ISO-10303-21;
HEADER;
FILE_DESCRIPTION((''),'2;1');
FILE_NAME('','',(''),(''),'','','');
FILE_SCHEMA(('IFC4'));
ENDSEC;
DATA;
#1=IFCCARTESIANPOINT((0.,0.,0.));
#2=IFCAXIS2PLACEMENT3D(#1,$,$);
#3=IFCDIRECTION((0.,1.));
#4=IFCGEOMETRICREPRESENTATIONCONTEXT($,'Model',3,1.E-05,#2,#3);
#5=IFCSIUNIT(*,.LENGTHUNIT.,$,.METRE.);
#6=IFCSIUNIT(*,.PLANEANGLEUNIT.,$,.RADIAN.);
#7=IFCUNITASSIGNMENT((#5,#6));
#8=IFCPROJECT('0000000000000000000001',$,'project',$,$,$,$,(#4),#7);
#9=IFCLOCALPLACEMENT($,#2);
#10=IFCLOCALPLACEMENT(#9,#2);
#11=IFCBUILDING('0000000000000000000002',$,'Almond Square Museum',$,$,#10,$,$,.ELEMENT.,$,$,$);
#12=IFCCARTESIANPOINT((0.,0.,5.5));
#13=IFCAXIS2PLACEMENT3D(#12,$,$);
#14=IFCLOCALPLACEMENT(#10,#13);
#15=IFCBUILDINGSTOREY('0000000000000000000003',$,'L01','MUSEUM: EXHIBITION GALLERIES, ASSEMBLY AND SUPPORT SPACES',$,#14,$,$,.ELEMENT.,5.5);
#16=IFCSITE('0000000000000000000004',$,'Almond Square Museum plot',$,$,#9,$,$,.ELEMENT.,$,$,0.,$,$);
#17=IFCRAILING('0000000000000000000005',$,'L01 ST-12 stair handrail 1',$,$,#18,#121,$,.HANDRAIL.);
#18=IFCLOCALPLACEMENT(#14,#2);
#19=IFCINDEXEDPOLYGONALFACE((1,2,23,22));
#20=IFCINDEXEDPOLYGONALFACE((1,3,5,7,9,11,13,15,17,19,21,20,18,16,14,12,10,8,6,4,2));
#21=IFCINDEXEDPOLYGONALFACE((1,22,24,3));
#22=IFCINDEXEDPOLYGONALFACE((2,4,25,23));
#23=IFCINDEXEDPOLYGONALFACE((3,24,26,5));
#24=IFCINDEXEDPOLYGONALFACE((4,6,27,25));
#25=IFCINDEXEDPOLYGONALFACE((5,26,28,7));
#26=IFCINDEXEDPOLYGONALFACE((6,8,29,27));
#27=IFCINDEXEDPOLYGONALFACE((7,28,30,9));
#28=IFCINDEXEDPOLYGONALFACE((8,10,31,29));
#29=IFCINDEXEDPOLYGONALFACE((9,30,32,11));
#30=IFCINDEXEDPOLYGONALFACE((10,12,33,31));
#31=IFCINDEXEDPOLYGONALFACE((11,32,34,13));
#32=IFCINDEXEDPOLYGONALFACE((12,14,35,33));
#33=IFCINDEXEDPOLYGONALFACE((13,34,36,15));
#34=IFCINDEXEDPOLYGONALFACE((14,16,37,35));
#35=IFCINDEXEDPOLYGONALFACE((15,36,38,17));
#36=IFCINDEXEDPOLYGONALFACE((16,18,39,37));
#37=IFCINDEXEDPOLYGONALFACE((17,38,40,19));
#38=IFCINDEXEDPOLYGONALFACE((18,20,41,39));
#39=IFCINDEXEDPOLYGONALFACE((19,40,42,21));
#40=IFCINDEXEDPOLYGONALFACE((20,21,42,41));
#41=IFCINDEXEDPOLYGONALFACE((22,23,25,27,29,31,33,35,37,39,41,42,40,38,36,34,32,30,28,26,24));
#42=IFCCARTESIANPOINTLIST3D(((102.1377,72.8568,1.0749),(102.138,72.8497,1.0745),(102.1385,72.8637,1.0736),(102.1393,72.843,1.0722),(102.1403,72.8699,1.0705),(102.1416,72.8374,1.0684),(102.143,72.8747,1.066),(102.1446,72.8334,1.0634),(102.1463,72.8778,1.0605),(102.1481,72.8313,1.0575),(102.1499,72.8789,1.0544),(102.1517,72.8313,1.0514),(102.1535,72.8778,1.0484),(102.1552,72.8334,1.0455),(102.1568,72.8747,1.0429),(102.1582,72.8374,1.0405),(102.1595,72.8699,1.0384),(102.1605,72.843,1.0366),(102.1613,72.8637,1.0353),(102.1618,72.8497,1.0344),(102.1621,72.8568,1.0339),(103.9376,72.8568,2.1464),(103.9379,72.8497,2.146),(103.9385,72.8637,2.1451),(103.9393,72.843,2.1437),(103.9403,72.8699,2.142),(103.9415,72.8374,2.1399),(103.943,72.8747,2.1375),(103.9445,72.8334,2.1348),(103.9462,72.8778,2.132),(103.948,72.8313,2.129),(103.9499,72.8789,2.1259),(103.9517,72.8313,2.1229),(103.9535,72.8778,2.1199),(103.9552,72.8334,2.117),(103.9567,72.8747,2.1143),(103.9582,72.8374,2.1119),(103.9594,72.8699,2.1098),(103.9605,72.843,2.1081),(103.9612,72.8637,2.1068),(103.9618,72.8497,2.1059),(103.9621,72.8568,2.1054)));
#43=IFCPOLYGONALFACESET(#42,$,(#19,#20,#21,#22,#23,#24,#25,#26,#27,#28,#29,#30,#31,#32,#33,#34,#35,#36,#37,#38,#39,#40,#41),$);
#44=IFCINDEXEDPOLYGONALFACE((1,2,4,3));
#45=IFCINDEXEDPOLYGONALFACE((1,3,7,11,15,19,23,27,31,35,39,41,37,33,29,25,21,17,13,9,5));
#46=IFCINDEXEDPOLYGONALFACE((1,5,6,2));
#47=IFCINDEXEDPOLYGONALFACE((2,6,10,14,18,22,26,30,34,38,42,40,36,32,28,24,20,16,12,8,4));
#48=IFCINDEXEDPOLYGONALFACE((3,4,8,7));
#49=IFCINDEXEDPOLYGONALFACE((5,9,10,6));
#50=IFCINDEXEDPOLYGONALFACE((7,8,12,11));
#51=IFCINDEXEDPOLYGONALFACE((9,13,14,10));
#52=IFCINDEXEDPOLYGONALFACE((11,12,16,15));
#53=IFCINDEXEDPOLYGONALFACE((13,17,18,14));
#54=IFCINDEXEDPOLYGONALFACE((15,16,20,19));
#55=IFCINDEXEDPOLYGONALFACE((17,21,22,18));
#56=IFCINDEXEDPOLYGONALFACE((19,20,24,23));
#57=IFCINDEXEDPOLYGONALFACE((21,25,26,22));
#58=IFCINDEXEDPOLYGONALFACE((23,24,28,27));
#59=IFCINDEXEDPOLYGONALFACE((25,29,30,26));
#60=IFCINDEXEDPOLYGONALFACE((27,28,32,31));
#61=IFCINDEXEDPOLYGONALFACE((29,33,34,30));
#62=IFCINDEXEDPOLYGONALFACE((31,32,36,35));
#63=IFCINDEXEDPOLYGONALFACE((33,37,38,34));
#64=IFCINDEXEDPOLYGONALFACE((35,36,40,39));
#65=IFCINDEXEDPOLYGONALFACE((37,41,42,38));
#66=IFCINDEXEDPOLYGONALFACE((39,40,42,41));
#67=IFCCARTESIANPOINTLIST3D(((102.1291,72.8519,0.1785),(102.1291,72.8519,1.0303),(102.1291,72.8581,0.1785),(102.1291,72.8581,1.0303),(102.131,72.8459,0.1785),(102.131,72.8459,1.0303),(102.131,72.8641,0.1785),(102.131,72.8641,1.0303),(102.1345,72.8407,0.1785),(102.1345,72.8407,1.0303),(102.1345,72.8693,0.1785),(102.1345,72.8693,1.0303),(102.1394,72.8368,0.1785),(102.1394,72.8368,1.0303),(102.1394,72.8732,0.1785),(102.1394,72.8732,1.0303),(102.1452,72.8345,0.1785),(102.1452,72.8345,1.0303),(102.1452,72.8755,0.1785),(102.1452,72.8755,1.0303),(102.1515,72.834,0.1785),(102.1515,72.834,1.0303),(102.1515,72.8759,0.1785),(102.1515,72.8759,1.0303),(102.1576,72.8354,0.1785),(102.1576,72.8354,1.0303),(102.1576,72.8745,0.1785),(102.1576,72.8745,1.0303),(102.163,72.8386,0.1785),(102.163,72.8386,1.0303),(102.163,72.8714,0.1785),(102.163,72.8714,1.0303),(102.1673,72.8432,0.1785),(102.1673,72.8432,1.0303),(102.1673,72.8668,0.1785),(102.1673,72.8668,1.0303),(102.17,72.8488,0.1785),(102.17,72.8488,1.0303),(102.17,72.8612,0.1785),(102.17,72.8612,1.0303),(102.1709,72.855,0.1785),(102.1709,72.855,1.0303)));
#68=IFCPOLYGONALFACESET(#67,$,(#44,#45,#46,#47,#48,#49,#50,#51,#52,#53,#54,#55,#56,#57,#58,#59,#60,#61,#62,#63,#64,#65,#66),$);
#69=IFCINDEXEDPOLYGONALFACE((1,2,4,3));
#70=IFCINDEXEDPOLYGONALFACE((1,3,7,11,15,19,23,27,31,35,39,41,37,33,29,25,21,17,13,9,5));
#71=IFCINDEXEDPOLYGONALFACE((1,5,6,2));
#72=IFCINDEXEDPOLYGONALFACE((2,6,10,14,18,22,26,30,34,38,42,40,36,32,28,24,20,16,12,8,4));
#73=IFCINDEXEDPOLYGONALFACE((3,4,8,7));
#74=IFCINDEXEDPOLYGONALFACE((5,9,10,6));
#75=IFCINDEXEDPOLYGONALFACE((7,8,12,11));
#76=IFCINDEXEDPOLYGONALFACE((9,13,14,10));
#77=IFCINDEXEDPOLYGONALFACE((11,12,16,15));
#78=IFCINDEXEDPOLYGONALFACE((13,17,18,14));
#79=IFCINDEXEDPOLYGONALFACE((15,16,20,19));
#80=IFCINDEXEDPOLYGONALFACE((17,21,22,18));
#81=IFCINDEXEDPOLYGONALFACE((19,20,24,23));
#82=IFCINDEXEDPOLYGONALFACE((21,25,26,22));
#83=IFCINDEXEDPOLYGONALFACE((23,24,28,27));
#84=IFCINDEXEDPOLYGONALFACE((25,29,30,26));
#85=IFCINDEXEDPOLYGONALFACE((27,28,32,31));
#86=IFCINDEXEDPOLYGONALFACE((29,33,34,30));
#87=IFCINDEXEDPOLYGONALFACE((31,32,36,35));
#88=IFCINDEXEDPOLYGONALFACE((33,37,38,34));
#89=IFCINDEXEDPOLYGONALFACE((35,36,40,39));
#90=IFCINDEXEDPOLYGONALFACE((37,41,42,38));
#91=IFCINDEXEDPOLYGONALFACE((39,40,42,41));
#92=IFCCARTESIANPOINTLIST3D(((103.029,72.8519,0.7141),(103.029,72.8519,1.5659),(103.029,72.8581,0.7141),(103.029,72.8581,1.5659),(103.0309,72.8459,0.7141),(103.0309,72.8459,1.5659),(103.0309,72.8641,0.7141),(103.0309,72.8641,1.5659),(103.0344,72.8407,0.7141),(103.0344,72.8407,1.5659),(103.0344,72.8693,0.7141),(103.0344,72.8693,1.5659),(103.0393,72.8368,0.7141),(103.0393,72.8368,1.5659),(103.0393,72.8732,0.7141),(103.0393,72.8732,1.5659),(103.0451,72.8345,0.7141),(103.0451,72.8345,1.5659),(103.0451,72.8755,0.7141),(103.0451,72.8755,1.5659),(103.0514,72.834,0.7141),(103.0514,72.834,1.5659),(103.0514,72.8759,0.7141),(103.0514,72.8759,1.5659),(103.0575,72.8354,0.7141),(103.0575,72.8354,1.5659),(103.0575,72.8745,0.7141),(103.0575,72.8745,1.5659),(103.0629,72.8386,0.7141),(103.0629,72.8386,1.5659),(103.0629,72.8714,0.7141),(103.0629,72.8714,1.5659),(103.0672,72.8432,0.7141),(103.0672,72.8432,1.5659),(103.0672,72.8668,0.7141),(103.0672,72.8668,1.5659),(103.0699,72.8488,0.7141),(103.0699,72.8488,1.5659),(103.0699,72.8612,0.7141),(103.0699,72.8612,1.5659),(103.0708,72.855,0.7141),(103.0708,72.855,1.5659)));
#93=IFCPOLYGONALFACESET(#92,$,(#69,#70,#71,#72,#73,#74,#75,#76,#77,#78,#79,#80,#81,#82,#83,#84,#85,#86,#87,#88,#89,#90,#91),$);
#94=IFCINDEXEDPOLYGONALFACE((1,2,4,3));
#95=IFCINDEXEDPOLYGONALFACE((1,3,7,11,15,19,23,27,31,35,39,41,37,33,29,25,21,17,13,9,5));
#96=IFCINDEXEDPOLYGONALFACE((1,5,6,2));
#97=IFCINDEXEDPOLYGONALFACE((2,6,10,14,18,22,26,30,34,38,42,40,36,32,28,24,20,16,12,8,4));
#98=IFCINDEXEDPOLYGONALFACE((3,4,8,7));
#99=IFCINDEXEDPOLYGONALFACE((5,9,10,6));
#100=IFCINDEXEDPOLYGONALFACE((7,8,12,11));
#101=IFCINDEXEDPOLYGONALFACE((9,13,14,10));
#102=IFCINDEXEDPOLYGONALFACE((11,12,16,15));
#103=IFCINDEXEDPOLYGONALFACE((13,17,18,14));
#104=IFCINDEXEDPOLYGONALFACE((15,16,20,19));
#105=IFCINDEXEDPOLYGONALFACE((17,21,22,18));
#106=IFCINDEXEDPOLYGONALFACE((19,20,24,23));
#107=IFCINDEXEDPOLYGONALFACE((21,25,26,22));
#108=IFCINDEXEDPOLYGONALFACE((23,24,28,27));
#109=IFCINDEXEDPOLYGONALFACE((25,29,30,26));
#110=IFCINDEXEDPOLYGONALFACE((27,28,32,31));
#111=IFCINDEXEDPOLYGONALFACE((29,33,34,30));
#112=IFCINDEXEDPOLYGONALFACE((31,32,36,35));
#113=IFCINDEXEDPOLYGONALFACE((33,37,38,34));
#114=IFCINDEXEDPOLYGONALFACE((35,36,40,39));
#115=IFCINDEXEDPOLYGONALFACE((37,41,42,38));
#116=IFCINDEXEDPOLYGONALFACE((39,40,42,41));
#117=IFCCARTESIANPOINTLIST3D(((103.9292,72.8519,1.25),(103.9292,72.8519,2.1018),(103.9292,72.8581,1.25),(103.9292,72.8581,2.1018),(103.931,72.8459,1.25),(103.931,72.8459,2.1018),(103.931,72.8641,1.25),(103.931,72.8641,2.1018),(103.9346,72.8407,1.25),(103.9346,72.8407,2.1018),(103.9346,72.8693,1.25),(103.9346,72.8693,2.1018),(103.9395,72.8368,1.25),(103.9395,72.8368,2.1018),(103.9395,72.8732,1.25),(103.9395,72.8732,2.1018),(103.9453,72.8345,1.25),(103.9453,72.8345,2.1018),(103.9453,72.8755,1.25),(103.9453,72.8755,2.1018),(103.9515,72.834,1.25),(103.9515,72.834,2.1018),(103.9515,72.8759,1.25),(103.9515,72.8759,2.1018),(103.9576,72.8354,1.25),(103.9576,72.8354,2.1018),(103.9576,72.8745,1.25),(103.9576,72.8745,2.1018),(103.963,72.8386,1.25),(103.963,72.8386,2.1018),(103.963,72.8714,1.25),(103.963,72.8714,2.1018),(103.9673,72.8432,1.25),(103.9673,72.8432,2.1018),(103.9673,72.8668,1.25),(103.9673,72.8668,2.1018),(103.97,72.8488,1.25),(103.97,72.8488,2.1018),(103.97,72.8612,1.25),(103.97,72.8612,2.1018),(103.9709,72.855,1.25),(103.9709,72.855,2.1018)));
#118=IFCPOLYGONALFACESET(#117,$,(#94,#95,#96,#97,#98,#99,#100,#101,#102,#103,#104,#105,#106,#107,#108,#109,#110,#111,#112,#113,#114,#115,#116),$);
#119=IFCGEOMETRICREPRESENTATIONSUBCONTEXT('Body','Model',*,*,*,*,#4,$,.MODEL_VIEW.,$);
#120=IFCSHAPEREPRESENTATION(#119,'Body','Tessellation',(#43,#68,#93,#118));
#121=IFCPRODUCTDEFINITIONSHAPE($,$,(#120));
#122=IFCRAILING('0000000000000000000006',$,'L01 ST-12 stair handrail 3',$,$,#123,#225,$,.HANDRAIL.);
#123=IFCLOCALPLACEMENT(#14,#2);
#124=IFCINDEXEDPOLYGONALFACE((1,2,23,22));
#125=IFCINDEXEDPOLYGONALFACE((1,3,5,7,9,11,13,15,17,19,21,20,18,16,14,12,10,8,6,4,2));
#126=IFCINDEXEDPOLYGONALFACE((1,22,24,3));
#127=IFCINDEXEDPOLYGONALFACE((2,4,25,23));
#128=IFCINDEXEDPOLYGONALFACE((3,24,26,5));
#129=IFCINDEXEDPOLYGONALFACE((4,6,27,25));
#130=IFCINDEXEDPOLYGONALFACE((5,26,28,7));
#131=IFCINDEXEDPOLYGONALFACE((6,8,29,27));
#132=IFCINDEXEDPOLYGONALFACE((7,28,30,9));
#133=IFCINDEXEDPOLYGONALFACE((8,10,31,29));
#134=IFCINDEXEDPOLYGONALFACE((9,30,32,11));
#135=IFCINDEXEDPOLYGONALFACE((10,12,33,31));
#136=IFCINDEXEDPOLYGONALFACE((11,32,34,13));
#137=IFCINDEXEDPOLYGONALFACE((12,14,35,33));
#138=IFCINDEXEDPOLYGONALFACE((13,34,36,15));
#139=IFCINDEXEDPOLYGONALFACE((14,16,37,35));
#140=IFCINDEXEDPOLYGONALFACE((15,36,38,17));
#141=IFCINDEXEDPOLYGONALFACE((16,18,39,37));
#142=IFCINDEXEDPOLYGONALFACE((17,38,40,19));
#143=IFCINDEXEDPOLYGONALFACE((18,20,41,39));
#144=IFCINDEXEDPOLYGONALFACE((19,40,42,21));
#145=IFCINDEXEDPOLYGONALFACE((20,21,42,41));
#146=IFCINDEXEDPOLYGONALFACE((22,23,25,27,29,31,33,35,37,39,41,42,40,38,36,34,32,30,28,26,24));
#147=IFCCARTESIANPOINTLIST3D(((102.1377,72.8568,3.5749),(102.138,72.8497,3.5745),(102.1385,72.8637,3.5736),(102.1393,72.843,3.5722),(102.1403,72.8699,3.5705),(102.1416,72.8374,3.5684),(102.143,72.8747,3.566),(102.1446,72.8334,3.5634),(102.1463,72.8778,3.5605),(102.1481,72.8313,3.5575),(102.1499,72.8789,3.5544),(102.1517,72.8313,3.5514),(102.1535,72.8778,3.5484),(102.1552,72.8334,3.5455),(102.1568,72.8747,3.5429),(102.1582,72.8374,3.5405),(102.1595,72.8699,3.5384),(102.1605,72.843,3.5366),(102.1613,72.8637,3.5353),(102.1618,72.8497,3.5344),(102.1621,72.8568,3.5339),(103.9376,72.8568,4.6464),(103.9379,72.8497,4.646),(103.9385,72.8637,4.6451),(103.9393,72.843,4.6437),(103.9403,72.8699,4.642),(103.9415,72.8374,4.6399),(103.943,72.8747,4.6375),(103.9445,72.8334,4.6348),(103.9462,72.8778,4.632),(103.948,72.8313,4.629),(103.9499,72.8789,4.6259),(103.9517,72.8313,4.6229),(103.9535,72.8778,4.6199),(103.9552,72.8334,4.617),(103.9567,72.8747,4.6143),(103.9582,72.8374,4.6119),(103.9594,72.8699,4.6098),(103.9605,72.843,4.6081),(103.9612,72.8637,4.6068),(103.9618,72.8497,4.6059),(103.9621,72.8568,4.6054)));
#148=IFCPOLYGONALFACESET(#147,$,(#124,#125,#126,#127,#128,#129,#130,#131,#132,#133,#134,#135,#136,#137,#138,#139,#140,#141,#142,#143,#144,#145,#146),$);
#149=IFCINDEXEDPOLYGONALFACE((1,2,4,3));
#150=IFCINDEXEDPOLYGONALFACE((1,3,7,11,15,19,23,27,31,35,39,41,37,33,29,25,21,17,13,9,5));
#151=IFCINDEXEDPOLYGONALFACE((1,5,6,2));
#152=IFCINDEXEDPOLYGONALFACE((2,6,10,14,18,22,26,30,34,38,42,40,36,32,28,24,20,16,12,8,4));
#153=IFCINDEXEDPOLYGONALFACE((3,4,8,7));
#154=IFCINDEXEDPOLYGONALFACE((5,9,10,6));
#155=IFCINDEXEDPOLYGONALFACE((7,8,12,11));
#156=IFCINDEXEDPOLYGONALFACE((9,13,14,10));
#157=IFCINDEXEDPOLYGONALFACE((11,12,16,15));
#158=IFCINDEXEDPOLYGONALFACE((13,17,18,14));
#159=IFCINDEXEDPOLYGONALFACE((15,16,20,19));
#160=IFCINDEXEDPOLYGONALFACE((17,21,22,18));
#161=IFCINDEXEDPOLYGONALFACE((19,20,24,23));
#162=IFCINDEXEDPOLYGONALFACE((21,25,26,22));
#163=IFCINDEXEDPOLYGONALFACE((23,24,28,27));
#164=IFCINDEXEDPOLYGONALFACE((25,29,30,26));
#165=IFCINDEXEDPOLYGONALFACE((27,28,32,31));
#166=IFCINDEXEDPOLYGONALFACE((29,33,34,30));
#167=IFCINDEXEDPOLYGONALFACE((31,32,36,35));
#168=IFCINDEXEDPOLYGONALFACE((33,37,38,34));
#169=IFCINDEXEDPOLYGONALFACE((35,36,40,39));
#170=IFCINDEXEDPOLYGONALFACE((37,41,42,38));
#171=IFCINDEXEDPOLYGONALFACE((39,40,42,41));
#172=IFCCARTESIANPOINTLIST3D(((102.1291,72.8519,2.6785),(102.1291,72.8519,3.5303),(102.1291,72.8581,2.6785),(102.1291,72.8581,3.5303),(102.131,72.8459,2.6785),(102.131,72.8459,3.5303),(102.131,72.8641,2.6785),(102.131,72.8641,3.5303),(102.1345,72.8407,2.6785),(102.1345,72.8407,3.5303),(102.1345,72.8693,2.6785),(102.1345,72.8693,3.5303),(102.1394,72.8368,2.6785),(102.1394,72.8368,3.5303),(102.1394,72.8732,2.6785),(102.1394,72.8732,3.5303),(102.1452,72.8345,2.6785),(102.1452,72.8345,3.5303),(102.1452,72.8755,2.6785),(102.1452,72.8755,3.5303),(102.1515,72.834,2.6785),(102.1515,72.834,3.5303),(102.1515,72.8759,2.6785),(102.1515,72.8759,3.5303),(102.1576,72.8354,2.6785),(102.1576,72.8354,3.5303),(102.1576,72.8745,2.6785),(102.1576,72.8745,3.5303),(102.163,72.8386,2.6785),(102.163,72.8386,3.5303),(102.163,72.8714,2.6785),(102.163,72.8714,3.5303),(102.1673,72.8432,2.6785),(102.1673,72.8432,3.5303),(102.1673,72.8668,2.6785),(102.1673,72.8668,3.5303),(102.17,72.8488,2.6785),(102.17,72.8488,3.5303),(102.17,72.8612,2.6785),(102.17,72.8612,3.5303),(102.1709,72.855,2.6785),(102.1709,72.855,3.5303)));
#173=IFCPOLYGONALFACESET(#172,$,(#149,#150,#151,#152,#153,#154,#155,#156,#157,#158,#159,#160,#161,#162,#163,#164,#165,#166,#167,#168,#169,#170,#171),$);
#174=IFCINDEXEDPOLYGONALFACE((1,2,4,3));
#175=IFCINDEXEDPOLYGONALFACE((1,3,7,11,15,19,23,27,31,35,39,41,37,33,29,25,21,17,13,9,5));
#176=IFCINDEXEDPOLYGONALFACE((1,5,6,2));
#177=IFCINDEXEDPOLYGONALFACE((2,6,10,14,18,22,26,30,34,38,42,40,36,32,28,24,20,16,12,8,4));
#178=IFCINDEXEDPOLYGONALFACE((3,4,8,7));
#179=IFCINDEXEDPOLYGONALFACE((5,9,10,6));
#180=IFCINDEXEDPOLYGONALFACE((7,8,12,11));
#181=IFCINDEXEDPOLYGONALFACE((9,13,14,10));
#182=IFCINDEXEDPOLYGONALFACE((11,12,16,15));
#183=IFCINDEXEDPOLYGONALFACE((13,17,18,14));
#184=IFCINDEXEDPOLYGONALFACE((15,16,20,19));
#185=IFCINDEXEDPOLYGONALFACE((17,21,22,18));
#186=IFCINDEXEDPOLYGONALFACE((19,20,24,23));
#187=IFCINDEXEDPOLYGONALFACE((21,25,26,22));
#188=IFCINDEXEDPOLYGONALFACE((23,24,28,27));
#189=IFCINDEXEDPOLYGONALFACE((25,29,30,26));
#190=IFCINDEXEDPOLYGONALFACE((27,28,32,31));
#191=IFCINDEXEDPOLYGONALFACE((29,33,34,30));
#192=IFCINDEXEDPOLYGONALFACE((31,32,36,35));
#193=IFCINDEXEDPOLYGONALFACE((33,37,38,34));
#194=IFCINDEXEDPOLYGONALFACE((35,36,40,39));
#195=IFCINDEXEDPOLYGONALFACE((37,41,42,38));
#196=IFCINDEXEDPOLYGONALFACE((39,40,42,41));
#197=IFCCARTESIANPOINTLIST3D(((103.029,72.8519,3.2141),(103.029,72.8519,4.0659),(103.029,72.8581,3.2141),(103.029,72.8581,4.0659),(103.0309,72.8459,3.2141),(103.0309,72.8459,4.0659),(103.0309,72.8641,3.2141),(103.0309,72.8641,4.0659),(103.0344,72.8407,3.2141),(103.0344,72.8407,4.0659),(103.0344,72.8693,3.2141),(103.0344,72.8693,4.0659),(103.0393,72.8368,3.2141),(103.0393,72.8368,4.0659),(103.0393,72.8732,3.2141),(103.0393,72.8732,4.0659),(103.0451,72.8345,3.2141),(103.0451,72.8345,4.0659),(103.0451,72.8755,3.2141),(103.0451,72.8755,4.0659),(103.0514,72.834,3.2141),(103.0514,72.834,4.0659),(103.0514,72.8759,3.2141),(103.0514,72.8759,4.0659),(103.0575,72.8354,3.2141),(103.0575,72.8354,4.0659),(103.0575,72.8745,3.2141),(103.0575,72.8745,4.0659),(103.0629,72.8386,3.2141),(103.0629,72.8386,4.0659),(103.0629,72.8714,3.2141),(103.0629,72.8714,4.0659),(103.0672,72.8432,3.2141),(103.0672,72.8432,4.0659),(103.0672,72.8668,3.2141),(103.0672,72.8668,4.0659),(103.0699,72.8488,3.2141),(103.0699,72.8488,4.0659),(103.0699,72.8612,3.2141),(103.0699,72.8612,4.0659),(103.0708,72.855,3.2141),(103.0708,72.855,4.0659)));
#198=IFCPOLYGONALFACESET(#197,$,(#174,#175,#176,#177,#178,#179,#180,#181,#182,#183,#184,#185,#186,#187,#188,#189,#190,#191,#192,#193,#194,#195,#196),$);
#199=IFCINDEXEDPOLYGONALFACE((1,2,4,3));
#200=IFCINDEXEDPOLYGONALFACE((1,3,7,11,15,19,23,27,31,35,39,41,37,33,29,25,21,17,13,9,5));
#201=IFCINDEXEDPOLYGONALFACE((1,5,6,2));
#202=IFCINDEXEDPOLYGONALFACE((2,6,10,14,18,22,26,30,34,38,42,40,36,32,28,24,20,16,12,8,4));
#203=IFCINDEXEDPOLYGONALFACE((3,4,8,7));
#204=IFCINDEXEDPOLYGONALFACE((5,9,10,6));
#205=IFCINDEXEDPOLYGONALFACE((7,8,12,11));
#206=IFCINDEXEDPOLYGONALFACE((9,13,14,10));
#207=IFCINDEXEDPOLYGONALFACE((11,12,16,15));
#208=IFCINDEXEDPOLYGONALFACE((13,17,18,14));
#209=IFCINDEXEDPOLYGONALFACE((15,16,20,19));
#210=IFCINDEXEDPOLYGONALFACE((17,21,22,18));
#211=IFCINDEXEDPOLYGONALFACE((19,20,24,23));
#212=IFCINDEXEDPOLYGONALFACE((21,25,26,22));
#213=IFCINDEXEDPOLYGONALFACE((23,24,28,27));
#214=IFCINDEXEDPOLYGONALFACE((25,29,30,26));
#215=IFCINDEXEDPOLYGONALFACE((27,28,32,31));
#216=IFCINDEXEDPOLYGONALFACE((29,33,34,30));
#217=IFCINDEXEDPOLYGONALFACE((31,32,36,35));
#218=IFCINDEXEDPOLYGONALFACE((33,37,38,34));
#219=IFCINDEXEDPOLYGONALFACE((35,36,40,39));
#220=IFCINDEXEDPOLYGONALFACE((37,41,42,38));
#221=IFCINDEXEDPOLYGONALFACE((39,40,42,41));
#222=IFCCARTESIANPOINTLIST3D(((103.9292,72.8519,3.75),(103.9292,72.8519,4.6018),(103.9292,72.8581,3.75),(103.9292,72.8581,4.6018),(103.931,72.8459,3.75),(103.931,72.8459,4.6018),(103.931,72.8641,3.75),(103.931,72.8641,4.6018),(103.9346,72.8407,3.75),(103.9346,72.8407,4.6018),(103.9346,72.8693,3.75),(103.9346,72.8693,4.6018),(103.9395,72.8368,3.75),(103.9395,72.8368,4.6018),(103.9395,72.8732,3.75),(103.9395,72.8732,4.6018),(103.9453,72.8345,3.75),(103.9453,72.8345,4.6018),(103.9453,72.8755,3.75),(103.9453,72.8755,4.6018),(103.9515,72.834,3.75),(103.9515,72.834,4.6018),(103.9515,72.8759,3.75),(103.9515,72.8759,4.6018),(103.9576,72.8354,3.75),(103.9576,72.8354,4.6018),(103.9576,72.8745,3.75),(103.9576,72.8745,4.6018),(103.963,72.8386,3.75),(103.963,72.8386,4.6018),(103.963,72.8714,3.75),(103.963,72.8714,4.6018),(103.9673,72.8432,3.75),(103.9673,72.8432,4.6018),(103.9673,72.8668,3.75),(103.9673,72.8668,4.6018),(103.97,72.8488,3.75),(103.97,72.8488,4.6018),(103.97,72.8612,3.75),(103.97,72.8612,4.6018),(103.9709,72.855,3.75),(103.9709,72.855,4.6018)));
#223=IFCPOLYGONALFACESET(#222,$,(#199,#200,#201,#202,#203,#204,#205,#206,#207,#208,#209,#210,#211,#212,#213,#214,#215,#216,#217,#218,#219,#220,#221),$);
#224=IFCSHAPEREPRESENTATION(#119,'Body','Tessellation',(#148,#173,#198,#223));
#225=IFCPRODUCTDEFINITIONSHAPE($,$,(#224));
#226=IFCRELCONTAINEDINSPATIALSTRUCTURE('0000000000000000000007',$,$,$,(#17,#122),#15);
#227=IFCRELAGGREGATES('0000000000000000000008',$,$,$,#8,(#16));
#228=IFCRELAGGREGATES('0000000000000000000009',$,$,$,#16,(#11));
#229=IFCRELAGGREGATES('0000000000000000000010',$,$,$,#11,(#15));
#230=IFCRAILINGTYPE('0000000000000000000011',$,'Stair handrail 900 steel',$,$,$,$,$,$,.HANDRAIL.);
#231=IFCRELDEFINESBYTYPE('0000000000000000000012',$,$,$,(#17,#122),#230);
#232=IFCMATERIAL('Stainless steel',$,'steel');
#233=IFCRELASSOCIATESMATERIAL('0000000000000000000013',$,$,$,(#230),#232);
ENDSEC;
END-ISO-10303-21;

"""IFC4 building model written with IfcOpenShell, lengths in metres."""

from ifc_helpers import new_model, si_unit, direction, frame, origin, origin_2d, place, context, subcontext, project, spatial, circle, extrude, material, type_object, element, save


model = new_model("IFC4")

# Units and contexts
model_context = context("Model", 3, precision=1e-05, world=origin(), true_north=direction((0.0, 1.0)))
body_context = subcontext(model_context, "Body", "Model", "MODEL_VIEW")
ifc_project = project(units=[si_unit("LENGTHUNIT", "METRE"), si_unit("PLANEANGLEUNIT", "RADIAN")], contexts=[model_context])

# Site, building, storey
site_placement = place(None, origin())
site = spatial("IfcSite", under=ifc_project, at=site_placement, Name="Almond Square Museum plot", CompositionType="ELEMENT", RefElevation=0.0)
building_placement = place(site_placement, origin())
building = spatial("IfcBuilding", under=site, at=building_placement, Name="Almond Square Museum", CompositionType="ELEMENT")
storey_placement = place(building_placement, frame((0.0, 0.0, 5.5)))
storey = spatial("IfcBuildingStorey", under=building, at=storey_placement, Name="L01", Description="MUSEUM: EXHIBITION GALLERIES, ASSEMBLY AND SUPPORT SPACES", CompositionType="ELEMENT", Elevation=5.5)

# Railings
ifc_material_1 = material(Name="Stainless steel", Category="steel")
railing_type_1 = type_object("IfcRailingType", Name="Stair handrail 900 steel", PredefinedType="HANDRAIL", material=ifc_material_1)
for number, where, name in (
    (1, (102.1499, 72.855, 0.1785), "L01 ST-12 stair handrail 1"),
    (2, (102.1499, 72.855, 2.6785), "L01 ST-12 stair handrail 3"),
):
    element("IfcRailing", number, at=place(storey_placement, frame(where)), inside=storey, type_object=railing_type_1, Name=name, PredefinedType="HANDRAIL", context=body_context, shape_type="SweptSolid", body=[
        extrude(circle(Radius=0.0239, at=origin_2d()), frame((0.0, 0.0, 0.876), z_axis=(0.859277, 0.0, 0.51151), x_axis=(0.0, 1.0, 0.0)), (0.0, 0.0, 1.0), 2.0947),
        extrude(circle(Radius=0.021, at=origin_2d()), origin(), (0.0, 0.0, 1.0), 0.8518),
        extrude(circle(Radius=0.021, at=origin_2d()), frame((0.8999, 0.0, 0.5356)), (0.0, 0.0, 1.0), 0.8518),
        extrude(circle(Radius=0.021, at=origin_2d()), frame((1.8, 0.0, 1.0715)), (0.0, 0.0, 1.0), 0.8518),
    ])

save(model, "model.ifc")
